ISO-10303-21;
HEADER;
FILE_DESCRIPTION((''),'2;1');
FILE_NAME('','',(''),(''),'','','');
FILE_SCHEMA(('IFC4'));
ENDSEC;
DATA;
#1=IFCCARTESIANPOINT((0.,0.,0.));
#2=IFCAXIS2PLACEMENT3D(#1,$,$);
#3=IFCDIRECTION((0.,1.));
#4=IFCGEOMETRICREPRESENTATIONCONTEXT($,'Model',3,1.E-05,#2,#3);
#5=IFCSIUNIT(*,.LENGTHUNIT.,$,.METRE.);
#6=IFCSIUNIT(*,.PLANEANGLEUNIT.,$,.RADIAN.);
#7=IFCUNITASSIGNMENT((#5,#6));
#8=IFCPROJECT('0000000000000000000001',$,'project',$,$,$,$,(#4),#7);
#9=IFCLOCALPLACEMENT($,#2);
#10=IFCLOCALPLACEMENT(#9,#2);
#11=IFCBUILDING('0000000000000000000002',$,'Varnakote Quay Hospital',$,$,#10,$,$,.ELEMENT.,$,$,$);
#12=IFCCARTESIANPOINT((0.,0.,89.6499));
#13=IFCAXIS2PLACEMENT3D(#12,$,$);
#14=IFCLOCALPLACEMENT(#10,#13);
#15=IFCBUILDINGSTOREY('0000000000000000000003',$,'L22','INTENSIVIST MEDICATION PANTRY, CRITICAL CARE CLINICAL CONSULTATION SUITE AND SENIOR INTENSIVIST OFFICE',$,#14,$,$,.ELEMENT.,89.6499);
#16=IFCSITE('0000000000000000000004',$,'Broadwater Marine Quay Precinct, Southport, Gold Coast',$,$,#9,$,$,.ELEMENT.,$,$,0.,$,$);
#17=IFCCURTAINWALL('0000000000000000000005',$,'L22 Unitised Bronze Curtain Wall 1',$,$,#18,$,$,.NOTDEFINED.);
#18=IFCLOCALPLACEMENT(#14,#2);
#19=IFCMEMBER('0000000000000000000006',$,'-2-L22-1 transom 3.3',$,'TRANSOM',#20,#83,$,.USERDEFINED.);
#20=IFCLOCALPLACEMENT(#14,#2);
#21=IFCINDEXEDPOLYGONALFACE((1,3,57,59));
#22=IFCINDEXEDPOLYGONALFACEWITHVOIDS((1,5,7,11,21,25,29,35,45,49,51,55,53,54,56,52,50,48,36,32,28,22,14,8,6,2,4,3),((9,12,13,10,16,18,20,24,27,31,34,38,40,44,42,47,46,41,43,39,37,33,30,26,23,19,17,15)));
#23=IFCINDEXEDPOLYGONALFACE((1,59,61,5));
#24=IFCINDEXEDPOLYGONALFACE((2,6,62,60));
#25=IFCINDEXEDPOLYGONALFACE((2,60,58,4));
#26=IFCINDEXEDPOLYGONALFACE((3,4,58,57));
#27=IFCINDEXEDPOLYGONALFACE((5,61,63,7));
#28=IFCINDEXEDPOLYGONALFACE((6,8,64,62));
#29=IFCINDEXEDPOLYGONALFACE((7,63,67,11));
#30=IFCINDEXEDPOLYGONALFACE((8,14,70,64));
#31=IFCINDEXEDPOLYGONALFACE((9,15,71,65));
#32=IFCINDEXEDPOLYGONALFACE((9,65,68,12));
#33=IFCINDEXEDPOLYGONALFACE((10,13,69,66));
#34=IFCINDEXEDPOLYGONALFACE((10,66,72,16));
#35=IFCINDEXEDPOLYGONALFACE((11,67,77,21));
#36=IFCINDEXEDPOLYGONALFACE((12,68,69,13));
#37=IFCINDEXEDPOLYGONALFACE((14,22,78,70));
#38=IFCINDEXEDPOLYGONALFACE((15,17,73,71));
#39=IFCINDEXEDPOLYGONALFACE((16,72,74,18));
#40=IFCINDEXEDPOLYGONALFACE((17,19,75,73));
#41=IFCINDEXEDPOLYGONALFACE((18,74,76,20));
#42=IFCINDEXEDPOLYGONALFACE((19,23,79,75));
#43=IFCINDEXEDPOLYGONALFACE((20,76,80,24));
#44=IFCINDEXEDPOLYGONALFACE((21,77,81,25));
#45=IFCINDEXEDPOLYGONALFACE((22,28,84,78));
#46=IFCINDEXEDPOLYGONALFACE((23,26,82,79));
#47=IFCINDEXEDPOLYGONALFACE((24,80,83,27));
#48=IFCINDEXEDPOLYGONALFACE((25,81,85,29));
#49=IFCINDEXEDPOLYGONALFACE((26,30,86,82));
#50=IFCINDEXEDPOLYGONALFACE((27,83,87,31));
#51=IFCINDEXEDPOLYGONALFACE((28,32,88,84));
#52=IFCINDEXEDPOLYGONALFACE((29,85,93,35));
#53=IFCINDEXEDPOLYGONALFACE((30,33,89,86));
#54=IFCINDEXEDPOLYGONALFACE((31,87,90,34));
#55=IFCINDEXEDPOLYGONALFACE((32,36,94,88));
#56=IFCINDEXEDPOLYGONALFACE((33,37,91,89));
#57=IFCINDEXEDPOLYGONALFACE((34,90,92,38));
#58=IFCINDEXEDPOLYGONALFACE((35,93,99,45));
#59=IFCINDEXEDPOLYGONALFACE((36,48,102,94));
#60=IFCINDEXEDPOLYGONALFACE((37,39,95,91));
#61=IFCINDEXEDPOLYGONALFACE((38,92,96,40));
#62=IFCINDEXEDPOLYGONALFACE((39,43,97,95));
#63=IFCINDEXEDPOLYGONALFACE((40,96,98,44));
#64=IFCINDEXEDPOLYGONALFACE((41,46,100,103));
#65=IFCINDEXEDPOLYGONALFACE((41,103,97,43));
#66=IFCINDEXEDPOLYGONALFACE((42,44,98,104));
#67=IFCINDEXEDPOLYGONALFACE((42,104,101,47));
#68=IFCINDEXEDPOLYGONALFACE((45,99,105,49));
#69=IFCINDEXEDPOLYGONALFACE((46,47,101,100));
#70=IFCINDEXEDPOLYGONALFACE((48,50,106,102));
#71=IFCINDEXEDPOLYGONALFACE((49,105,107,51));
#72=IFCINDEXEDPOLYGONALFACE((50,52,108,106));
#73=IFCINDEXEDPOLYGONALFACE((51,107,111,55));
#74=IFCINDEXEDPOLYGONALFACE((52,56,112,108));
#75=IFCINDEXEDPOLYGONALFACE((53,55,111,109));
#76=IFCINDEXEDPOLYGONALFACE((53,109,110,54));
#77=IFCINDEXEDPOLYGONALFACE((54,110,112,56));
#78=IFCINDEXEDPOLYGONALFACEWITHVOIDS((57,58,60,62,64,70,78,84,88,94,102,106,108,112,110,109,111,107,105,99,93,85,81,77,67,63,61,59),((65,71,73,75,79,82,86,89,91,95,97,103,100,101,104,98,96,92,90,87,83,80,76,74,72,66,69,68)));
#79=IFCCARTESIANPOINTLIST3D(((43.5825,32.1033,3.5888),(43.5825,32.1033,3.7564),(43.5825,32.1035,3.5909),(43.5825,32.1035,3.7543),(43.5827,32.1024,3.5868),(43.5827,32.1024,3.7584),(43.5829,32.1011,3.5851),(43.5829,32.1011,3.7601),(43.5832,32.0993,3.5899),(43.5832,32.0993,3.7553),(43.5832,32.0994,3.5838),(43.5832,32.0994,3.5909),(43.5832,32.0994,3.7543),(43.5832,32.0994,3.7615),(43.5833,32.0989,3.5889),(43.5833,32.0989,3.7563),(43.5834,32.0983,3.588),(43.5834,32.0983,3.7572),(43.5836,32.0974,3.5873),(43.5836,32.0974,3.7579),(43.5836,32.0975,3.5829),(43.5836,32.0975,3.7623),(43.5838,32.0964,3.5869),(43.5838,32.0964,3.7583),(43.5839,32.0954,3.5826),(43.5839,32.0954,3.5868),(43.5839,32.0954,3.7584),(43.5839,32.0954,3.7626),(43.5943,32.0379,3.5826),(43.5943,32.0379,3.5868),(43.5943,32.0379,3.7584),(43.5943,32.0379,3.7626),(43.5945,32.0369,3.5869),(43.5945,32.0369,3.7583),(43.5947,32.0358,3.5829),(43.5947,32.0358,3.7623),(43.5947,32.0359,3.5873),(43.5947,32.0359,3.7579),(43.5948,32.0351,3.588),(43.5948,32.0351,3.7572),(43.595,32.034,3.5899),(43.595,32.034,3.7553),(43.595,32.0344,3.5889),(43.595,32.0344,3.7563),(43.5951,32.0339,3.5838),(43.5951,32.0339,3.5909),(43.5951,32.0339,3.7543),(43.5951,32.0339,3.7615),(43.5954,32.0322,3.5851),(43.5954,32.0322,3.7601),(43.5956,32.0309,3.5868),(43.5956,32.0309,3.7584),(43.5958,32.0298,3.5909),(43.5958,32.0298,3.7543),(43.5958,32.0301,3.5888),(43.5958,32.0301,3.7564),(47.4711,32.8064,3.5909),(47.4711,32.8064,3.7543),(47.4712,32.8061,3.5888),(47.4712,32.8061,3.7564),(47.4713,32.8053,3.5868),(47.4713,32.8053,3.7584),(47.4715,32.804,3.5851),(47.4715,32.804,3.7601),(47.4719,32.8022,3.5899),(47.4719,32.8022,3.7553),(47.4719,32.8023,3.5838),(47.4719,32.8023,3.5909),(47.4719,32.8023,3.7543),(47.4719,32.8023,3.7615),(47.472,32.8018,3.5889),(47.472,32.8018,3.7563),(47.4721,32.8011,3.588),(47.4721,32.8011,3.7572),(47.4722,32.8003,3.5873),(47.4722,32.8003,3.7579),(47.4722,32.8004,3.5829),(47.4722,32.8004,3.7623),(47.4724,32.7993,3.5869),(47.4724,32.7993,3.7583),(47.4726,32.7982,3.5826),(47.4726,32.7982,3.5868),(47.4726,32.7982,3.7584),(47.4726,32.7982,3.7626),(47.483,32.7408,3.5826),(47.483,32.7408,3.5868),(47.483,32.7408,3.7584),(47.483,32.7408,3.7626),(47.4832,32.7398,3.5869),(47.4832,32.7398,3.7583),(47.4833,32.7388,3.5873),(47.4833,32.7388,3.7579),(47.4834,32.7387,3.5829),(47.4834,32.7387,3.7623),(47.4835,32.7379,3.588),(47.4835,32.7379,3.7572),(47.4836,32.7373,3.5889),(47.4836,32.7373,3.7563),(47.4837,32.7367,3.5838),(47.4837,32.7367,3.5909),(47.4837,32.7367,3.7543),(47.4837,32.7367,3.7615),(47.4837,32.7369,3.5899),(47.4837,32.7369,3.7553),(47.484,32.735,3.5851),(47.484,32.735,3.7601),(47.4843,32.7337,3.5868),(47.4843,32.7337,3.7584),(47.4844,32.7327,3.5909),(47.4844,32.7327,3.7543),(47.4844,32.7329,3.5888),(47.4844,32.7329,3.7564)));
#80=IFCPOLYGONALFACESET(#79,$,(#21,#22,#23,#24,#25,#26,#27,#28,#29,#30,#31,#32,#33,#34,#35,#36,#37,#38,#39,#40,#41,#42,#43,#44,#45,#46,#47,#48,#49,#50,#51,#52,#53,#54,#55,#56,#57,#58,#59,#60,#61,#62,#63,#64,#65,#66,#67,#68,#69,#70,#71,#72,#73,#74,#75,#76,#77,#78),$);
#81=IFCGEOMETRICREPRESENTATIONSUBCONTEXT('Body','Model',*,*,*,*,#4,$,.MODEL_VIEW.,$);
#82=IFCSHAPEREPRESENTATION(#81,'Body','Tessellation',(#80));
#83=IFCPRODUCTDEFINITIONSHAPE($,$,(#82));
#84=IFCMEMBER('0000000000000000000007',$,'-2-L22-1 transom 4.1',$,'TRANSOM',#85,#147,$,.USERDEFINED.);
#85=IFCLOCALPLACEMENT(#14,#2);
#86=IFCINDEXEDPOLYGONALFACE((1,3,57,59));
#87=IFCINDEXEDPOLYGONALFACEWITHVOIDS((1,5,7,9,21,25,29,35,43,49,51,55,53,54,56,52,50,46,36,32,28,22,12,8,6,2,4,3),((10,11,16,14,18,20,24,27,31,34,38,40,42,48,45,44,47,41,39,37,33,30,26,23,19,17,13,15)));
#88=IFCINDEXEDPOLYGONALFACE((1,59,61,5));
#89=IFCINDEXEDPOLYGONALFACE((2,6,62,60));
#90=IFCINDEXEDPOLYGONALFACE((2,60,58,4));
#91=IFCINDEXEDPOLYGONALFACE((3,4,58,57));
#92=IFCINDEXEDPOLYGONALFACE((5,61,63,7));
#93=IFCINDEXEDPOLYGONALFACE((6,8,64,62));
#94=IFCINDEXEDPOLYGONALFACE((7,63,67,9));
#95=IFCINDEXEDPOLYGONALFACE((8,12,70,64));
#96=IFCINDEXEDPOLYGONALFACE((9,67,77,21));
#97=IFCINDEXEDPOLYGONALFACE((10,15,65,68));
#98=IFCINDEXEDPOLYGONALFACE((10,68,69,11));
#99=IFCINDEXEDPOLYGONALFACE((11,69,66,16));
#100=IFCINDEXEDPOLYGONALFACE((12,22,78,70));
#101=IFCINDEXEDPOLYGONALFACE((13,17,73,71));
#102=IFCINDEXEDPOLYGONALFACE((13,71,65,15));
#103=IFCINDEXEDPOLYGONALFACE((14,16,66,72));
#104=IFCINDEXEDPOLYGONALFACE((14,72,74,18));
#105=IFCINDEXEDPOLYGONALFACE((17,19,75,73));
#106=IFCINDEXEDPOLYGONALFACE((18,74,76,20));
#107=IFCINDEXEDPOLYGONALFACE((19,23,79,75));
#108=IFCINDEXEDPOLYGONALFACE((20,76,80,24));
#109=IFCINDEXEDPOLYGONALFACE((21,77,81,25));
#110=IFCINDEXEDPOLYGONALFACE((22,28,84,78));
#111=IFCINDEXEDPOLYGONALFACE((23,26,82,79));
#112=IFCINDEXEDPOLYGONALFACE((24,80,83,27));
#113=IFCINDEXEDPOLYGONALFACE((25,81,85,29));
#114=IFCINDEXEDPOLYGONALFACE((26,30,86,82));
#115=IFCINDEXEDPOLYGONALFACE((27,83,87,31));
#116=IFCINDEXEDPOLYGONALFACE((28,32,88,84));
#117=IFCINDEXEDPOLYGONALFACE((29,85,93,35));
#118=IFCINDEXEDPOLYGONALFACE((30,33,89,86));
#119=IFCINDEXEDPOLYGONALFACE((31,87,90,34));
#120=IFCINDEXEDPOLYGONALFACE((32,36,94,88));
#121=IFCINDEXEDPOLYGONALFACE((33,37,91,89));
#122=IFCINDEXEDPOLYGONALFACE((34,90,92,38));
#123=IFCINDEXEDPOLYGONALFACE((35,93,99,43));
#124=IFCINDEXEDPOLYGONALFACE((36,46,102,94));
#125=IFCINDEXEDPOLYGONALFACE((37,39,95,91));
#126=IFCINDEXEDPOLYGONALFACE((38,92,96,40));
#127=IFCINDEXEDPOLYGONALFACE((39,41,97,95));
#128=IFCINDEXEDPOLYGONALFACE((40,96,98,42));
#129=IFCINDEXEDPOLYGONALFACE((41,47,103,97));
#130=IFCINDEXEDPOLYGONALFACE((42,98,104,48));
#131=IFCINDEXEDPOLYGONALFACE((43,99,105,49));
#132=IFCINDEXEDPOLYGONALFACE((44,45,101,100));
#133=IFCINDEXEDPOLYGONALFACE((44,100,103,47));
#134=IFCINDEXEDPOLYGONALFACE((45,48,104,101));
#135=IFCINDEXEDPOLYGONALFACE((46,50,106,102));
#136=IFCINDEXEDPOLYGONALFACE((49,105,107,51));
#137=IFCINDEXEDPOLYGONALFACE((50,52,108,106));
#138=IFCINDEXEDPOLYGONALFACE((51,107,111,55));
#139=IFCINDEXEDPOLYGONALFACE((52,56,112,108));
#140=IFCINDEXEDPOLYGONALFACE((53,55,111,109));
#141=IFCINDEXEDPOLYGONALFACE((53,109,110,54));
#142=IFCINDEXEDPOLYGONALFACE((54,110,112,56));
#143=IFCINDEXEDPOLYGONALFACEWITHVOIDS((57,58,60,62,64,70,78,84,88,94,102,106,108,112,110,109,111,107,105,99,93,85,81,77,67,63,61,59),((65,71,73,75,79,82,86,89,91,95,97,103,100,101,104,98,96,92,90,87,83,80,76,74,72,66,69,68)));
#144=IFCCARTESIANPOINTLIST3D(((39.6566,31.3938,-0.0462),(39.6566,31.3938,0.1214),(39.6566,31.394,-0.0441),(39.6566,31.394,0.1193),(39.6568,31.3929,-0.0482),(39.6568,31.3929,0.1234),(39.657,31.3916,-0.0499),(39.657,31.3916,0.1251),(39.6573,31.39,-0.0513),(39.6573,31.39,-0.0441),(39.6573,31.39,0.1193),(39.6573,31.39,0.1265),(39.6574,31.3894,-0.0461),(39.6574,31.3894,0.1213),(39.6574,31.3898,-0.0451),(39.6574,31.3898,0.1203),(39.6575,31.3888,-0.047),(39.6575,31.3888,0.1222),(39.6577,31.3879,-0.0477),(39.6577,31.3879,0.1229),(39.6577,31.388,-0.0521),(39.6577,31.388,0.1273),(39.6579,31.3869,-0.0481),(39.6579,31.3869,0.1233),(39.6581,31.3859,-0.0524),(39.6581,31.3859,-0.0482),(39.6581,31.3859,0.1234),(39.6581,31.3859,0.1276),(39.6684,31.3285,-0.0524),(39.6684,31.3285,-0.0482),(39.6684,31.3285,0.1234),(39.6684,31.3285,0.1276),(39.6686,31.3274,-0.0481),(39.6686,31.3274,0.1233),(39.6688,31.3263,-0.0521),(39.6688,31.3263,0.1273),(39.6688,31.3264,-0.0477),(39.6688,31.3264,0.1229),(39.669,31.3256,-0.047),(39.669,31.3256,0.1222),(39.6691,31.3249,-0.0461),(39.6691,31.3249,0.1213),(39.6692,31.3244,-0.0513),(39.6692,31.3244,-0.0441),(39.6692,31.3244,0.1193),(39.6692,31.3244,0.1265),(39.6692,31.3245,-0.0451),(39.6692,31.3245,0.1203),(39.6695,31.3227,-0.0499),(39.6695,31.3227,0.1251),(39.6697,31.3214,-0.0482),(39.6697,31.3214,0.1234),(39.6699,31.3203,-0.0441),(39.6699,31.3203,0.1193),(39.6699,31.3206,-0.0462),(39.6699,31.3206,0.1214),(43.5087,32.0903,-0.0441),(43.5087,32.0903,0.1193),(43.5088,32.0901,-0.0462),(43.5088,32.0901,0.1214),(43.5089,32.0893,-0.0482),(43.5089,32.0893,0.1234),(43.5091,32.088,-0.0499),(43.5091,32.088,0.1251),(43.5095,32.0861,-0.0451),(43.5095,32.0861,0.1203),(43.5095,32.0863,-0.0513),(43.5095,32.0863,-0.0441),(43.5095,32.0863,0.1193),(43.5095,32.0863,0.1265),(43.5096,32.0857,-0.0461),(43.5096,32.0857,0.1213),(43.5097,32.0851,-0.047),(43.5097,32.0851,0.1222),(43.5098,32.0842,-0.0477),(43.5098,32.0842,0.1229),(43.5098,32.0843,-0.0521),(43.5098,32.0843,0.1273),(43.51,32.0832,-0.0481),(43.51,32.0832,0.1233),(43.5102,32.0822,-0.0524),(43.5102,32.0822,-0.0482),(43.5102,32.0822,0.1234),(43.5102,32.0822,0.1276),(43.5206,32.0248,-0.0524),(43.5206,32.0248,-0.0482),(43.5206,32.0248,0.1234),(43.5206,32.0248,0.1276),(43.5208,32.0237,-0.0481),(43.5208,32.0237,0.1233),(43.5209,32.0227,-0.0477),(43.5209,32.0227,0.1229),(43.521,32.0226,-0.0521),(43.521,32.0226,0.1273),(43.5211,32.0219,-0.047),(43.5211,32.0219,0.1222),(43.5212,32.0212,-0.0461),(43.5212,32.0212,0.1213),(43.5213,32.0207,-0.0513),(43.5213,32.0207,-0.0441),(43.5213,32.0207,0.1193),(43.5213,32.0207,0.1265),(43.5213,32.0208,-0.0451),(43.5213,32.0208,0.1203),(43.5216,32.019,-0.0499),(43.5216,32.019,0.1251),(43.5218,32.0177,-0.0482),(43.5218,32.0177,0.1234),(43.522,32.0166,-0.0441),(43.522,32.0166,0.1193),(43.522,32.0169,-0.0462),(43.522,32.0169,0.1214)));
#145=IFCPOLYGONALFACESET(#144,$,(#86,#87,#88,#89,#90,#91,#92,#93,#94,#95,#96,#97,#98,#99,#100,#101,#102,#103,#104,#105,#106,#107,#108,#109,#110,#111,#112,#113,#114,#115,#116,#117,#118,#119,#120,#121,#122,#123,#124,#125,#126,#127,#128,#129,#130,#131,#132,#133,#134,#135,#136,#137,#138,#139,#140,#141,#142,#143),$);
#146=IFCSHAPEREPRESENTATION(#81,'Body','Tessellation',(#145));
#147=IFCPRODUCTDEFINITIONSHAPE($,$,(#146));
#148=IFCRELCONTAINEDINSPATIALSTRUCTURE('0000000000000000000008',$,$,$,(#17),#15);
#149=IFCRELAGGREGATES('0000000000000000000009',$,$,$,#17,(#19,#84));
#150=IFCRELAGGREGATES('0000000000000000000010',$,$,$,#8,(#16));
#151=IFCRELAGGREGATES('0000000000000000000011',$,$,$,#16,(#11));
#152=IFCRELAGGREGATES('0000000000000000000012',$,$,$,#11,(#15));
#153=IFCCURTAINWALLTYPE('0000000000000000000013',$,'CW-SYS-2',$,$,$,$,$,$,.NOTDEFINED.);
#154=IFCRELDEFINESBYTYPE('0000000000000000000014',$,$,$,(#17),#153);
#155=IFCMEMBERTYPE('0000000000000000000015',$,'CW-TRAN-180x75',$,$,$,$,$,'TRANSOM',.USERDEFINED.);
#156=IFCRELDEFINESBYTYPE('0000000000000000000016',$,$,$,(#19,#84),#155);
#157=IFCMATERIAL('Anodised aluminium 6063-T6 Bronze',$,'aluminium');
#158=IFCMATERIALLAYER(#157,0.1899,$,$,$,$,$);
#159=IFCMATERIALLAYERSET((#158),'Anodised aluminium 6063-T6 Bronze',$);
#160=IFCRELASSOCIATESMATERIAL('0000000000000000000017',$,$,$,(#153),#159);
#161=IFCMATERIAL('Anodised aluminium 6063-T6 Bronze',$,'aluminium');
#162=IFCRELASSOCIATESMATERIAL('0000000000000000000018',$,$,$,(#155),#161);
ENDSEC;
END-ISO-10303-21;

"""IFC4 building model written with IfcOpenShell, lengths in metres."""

from ifc_helpers import new_model, si_unit, direction, frame, origin, origin_2d, place, context, subcontext, project, spatial, hollow_rectangle, extrude, material, layer, layer_set, material_profile, profile_set, type_object, element, aggregate, save


model = new_model("IFC4")

# Units and contexts
model_context = context("Model", 3, precision=1e-05, world=origin(), true_north=direction((0.0, 1.0)))
body_context = subcontext(model_context, "Body", "Model", "MODEL_VIEW")
ifc_project = project(units=[si_unit("LENGTHUNIT", "METRE"), si_unit("PLANEANGLEUNIT", "RADIAN")], contexts=[model_context])

# Site, building, storey
site_placement = place(None, origin())
site = spatial("IfcSite", under=ifc_project, at=site_placement, Name="Broadwater Marine Quay Precinct, Southport, Gold Coast", CompositionType="ELEMENT", RefElevation=0.0)
building_placement = place(site_placement, origin())
building = spatial("IfcBuilding", under=site, at=building_placement, Name="Varnakote Quay Hospital", CompositionType="ELEMENT")
storey_placement = place(building_placement, frame((0.0, 0.0, 89.6499)))
storey = spatial("IfcBuildingStorey", under=building, at=storey_placement, Name="L22", Description="INTENSIVIST MEDICATION PANTRY, CRITICAL CARE CLINICAL CONSULTATION SUITE AND SENIOR INTENSIVIST OFFICE", CompositionType="ELEMENT", Elevation=89.6499)

# Curtain wall, members
ifc_material_1 = material(Name="Anodised aluminium 6063-T6 Bronze", Category="aluminium")
ifc_layer_1 = layer(ifc_material_1, 0.1899)
ifc_layer_set_1 = layer_set([ifc_layer_1], Name="Anodised aluminium 6063-T6 Bronze")
curtain_wall_type = type_object("IfcCurtainWallType", Name="CW-SYS-2", PredefinedType="NOTDEFINED", material=ifc_layer_set_1)
curtain_wall_placement = place(storey_placement, origin())
curtain_wall = element("IfcCurtainWall", 1, at=curtain_wall_placement, inside=storey, type_object=curtain_wall_type, Name="L22 Unitised Bronze Curtain Wall 1", PredefinedType="NOTDEFINED")
ifc_material_2 = material(Name="Anodised aluminium 6063-T6 Bronze", Category="aluminium")
ifc_material_profile_1 = material_profile(ifc_material_2, hollow_rectangle(XDim=0.075, YDim=0.1799, WallThickness=0.0042, InnerFilletRadius=0.0042, OuterFilletRadius=0.0083, at=origin_2d()), Name="CW-TRAN-180x75")
ifc_profile_set_1 = profile_set([ifc_material_profile_1], Name="Anodised aluminium 6063-T6 Bronze")
member_type_1 = type_object("IfcMemberType", Name="CW-TRAN-180x75", ElementType="TRANSOM", PredefinedType="USERDEFINED", material=ifc_profile_set_1)
member_1_placement = place(storey_placement, frame((47.4778, 32.7695, 3.6726), z_axis=(-0.984054, -0.177869, 0.0), x_axis=(0.177869, -0.984054, 0.0)))
member_1 = element("IfcMember", 2, at=member_1_placement, type_object=member_type_1, Name="-2-L22-1 transom 3.3", ObjectType="TRANSOM", PredefinedType="USERDEFINED", context=body_context, shape_type="SweptSolid", body=[
    extrude(hollow_rectangle(XDim=0.075, YDim=0.1799, WallThickness=0.0042, InnerFilletRadius=0.0042, OuterFilletRadius=0.0083, at=origin_2d()), origin(), (0.0, 0.0, 1.0), 3.9517),
])
member_2_placement = place(storey_placement, frame((43.5154, 32.0535, 0.0376), z_axis=(-0.984053, -0.177875, 0.0), x_axis=(0.177875, -0.984053, 0.0)))
member_2 = element("IfcMember", 3, at=member_2_placement, type_object=member_type_1, Name="-2-L22-1 transom 4.1", ObjectType="TRANSOM", PredefinedType="USERDEFINED", context=body_context, shape_type="SweptSolid", body=[
    extrude(hollow_rectangle(XDim=0.075, YDim=0.1799, WallThickness=0.0042, InnerFilletRadius=0.0042, OuterFilletRadius=0.0083, at=origin_2d()), origin(), (0.0, 0.0, 1.0), 3.9146),
])
aggregate(curtain_wall, [member_1, member_2])

save(model, "model.ifc")
